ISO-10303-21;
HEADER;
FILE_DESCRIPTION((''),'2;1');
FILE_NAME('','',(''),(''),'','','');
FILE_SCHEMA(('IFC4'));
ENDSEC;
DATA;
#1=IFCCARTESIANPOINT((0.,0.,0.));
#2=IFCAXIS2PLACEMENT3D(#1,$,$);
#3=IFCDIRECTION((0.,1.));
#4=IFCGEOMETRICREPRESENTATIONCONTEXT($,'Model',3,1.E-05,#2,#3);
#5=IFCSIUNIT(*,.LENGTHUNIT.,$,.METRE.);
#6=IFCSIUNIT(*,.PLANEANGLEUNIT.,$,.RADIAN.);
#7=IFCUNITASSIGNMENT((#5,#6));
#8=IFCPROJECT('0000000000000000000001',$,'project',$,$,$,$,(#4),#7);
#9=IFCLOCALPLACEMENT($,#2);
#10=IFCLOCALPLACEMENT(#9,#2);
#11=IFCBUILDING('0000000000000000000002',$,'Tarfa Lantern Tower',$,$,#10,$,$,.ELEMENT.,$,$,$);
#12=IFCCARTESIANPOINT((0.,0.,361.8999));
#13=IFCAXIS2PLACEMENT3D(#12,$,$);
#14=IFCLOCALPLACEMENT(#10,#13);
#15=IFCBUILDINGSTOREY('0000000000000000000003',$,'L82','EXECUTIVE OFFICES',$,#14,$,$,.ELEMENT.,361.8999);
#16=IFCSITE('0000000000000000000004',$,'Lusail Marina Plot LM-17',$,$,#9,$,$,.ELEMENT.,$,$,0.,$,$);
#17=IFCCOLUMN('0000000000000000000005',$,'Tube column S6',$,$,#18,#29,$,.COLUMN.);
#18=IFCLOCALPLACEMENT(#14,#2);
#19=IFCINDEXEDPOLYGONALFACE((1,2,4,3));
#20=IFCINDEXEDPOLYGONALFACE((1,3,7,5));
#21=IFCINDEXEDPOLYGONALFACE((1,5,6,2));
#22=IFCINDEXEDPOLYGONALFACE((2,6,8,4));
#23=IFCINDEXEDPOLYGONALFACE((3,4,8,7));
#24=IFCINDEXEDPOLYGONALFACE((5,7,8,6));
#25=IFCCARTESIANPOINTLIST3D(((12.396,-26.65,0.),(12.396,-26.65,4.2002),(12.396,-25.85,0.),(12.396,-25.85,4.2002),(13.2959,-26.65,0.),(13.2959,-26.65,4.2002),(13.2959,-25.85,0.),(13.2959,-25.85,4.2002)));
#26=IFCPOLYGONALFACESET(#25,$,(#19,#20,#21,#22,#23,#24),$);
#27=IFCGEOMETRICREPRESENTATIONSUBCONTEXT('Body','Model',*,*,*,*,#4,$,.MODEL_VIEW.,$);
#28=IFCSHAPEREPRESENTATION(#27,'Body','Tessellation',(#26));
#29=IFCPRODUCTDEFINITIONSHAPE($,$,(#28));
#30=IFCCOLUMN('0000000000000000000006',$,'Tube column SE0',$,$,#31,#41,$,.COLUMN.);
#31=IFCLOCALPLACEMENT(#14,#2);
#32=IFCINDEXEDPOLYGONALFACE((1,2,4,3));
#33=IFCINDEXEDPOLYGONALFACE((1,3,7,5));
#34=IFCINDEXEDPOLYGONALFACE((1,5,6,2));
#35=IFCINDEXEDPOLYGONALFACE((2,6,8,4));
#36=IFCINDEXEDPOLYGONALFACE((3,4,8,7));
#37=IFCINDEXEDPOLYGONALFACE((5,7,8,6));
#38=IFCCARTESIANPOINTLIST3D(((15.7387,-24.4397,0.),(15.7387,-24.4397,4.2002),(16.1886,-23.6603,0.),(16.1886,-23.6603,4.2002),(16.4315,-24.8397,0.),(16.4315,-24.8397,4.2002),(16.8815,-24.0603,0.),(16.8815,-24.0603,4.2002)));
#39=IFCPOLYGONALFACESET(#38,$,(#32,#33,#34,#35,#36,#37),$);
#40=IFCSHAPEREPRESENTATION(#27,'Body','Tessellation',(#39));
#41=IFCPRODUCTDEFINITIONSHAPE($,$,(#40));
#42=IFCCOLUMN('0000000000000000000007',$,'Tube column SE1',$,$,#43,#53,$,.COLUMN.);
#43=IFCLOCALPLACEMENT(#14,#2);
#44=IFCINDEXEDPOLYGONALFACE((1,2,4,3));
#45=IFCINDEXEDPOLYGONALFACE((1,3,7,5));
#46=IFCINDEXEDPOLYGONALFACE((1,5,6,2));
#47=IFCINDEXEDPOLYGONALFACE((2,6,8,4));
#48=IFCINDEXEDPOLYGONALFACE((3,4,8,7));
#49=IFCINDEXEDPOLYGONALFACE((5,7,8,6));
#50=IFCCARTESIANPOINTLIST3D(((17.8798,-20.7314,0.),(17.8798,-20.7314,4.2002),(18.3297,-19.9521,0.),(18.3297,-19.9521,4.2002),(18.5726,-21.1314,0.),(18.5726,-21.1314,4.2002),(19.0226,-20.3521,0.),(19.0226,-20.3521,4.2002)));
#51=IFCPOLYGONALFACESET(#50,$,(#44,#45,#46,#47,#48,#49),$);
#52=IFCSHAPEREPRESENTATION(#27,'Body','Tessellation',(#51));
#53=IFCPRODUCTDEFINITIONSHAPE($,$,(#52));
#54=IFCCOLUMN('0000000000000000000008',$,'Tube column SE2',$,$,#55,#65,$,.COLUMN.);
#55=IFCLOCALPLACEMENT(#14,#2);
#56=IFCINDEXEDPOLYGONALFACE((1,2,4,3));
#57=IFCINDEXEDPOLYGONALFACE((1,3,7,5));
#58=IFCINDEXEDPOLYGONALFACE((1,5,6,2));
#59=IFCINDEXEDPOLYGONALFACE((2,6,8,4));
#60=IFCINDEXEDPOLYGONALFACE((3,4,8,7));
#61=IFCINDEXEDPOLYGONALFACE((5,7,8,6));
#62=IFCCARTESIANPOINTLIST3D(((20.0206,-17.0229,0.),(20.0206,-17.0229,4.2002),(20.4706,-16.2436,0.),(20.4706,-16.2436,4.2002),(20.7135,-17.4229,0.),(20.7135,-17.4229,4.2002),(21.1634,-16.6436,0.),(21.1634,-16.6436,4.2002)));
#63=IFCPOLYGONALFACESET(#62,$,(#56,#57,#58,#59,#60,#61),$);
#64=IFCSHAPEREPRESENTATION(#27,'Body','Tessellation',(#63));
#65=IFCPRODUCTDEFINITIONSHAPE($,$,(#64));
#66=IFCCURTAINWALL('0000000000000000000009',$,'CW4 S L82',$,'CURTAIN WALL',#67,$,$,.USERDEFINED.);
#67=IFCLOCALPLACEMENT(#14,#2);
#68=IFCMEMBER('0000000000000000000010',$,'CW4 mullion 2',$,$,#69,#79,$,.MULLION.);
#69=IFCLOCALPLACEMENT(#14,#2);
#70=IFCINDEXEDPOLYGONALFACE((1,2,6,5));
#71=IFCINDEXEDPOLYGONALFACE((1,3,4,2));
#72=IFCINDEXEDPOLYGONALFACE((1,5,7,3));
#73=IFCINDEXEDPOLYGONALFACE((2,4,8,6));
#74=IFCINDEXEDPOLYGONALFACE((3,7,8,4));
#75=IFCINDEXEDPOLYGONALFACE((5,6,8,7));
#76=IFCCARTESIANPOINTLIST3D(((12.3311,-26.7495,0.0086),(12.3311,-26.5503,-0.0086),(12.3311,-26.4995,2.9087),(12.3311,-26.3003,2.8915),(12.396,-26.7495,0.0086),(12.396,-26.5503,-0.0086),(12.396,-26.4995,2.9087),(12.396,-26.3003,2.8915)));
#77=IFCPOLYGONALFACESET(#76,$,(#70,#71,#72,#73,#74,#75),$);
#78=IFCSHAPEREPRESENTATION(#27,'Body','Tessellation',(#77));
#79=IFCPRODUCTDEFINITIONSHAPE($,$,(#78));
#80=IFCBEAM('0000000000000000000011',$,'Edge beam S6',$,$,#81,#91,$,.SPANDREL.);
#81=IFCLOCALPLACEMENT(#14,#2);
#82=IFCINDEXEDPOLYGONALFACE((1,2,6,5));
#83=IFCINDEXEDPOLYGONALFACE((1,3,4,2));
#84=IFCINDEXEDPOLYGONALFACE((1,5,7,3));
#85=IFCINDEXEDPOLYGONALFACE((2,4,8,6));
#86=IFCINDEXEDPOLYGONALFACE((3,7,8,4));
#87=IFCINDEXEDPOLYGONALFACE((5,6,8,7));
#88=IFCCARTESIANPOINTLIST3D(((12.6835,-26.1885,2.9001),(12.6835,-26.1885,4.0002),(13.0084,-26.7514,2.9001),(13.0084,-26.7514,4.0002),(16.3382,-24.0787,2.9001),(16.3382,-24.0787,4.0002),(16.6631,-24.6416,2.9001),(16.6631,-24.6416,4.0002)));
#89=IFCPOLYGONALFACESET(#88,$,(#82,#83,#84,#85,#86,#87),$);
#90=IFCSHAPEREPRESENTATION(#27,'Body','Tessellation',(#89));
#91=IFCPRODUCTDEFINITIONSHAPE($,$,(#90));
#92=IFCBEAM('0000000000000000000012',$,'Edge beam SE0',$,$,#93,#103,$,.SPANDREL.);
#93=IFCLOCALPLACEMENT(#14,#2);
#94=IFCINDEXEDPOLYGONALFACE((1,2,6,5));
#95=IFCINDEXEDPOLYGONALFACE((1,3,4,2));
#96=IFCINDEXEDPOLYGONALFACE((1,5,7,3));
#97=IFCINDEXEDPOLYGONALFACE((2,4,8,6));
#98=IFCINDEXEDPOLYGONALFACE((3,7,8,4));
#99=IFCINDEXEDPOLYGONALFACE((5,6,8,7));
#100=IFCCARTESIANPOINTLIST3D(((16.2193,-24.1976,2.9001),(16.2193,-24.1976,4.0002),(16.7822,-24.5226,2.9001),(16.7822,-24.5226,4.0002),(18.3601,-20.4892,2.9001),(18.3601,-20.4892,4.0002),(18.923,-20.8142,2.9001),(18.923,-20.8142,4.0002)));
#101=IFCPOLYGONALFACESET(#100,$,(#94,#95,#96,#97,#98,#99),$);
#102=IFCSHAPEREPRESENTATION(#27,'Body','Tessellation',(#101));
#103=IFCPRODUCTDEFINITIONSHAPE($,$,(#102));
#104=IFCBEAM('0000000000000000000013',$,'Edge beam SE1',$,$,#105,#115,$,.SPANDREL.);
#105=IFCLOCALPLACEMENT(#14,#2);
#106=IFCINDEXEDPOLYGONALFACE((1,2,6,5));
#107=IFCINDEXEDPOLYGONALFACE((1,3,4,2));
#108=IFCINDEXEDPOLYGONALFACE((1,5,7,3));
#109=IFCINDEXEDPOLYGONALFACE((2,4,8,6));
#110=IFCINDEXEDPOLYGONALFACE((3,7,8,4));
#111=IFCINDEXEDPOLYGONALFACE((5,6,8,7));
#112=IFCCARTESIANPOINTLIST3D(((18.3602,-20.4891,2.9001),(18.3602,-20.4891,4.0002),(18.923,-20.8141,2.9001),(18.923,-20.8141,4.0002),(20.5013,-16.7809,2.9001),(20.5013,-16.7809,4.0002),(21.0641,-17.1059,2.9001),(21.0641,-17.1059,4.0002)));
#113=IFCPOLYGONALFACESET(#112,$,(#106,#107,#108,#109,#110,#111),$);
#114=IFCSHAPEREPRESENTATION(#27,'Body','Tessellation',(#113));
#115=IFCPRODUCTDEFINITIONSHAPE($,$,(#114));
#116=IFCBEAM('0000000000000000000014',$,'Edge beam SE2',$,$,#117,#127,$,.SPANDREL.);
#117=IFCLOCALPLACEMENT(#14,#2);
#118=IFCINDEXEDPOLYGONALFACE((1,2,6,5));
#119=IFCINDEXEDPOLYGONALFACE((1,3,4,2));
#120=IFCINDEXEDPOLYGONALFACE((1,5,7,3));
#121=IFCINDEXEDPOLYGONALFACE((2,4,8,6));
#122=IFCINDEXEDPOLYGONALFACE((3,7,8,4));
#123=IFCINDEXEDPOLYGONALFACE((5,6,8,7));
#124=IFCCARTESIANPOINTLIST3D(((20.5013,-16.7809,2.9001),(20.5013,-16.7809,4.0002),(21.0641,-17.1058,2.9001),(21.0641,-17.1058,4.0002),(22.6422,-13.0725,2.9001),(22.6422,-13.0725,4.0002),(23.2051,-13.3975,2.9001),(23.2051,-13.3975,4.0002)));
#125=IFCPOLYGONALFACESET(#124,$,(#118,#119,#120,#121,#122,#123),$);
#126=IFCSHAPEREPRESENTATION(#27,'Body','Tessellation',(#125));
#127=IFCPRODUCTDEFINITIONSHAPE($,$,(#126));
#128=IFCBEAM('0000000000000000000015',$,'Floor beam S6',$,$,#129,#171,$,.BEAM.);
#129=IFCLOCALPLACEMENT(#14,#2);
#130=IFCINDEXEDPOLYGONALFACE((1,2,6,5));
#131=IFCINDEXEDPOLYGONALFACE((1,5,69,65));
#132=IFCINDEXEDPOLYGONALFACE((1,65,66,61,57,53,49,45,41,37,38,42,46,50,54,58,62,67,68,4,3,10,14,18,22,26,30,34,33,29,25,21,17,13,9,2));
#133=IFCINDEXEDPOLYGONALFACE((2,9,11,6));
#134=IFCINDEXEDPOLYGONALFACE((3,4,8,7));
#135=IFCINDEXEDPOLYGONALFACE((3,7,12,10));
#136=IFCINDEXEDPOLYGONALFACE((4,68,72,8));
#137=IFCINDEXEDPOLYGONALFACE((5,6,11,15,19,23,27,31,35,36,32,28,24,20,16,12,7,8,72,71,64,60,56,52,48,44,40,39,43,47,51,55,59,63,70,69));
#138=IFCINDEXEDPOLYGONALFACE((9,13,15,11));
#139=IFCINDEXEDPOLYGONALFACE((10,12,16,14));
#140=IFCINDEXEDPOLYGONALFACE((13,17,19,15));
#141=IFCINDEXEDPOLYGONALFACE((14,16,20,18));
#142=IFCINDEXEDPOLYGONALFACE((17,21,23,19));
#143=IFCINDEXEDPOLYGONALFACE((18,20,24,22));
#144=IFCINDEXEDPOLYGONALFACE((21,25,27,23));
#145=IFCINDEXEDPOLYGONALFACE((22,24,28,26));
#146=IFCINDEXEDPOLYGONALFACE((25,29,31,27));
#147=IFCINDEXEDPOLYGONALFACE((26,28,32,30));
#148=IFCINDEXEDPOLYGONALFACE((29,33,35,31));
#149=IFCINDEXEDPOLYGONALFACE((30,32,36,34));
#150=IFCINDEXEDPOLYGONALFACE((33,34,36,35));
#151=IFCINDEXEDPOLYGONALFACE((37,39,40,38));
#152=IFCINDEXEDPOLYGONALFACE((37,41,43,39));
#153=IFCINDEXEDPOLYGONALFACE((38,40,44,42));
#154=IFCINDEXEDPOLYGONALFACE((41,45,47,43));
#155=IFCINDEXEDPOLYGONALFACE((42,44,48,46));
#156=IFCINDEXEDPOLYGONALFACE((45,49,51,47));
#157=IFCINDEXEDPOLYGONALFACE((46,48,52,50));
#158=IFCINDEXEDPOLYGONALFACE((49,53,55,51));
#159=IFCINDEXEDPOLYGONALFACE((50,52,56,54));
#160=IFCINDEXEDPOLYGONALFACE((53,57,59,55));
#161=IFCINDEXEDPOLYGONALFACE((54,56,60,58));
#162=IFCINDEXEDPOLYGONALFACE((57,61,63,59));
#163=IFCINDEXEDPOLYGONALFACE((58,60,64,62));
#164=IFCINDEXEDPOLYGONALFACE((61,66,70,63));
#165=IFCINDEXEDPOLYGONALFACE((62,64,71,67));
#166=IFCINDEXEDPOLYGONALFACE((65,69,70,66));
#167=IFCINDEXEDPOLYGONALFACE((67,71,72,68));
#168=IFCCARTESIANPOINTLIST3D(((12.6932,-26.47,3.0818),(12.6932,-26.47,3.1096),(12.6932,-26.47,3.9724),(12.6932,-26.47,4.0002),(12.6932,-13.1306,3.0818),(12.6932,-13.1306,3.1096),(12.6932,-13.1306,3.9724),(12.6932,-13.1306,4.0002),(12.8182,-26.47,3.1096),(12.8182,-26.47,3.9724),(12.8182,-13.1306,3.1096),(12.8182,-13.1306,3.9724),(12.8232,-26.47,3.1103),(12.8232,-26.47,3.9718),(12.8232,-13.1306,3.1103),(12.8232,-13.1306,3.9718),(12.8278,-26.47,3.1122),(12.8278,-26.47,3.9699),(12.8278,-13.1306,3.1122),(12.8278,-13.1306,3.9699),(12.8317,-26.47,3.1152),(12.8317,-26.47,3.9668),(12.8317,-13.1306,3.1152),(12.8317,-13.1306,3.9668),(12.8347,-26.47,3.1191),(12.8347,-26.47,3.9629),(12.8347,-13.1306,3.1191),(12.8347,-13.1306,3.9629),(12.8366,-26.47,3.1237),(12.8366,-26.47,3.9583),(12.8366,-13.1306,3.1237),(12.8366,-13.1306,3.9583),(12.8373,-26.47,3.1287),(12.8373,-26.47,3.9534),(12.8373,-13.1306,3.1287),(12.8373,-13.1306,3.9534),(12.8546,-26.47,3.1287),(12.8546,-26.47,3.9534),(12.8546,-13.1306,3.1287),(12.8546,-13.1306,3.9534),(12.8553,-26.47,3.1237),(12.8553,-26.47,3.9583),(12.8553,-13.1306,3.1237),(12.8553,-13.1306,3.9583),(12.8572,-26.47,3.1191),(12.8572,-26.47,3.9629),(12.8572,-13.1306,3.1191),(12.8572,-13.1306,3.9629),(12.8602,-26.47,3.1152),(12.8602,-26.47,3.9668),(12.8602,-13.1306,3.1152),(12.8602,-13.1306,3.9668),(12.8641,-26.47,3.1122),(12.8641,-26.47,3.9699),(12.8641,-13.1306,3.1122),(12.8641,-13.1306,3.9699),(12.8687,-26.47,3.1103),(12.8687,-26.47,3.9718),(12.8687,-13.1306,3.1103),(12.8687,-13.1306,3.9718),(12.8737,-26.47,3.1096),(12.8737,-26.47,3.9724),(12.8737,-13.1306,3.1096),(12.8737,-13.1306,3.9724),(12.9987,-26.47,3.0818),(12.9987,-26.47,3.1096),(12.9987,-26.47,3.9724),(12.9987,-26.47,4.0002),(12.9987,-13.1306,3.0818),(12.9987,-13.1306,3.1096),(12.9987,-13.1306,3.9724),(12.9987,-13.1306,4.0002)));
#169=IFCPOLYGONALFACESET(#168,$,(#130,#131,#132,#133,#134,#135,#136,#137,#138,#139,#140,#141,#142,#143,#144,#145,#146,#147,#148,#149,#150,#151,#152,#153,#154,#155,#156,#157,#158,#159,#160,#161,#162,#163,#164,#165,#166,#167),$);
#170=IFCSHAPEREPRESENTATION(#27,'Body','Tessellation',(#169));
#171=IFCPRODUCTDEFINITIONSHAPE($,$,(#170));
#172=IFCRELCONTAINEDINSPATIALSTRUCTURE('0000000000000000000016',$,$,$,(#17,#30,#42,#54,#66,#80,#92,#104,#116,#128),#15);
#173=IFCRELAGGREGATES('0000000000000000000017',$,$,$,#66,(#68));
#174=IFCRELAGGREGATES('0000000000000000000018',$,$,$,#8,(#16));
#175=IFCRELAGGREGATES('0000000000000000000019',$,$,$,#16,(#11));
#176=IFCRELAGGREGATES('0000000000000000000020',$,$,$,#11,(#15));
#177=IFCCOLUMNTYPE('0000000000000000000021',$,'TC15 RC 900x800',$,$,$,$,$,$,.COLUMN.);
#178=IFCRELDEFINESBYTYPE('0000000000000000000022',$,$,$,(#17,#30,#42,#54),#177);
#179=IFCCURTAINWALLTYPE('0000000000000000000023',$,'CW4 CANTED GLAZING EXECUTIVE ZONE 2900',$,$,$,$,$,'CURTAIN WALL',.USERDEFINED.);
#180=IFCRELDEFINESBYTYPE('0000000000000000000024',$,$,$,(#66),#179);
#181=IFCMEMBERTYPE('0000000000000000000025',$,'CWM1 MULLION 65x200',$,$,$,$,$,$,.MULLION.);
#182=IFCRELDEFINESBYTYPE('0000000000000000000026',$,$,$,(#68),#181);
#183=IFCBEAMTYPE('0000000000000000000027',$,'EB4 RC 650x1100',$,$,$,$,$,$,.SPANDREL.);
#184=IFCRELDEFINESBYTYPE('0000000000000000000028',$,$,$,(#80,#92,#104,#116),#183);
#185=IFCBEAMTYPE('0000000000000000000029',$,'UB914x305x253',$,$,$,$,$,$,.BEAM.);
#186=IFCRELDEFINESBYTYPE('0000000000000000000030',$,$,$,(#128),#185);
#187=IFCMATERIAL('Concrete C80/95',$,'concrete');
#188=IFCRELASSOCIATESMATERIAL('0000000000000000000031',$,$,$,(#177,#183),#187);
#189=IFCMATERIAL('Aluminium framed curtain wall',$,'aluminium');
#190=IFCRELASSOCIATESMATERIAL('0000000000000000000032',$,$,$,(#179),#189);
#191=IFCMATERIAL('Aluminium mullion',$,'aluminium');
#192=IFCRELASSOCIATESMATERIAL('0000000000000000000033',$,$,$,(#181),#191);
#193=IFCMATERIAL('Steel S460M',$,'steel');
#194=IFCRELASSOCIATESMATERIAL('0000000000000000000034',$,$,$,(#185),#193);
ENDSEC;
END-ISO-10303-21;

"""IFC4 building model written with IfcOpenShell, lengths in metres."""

from ifc_helpers import new_model, si_unit, direction, frame, origin, origin_2d, place, context, subcontext, project, spatial, rectangle, i_section, extrude, material, material_profile, profile_set, type_object, element, aggregate, save


model = new_model("IFC4")

# Units and contexts
model_context = context("Model", 3, precision=1e-05, world=origin(), true_north=direction((0.0, 1.0)))
body_context = subcontext(model_context, "Body", "Model", "MODEL_VIEW")
ifc_project = project(units=[si_unit("LENGTHUNIT", "METRE"), si_unit("PLANEANGLEUNIT", "RADIAN")], contexts=[model_context])

# Site, building, storey
site_placement = place(None, origin())
site = spatial("IfcSite", under=ifc_project, at=site_placement, Name="Lusail Marina Plot LM-17", CompositionType="ELEMENT", RefElevation=0.0)
building_placement = place(site_placement, origin())
building = spatial("IfcBuilding", under=site, at=building_placement, Name="Tarfa Lantern Tower", CompositionType="ELEMENT")
storey_placement = place(building_placement, frame((0.0, 0.0, 361.8999)))
storey = spatial("IfcBuildingStorey", under=building, at=storey_placement, Name="L82", Description="EXECUTIVE OFFICES", CompositionType="ELEMENT", Elevation=361.8999)

# Columns
ifc_material_1 = material(Name="Concrete C80/95", Category="concrete")
ifc_material_profile_1 = material_profile(ifc_material_1, rectangle(XDim=0.8999, YDim=0.8, at=origin_2d()), Name="RC 900x800")
ifc_profile_set_1 = profile_set([ifc_material_profile_1], Name="Concrete C80/95")
column_type = type_object("IfcColumnType", Name="TC15 RC 900x800", PredefinedType="COLUMN", material=ifc_profile_set_1)
for number, where, z_axis, x_axis, name in (
    (1, (12.8459, -26.25, 0.0), (0.0, 0.0, 1.0), (1.0, 0.0, 0.0), "Tube column S6"),
    (2, (16.3101, -24.25, 0.0), (0.0, 0.0, 1.0), (0.5, 0.866025, 0.0), "Tube column SE0"),
    (3, (18.4512, -20.5417, 0.0), (0.0, 0.0, 1.0), (0.5, 0.866025, 0.0), "Tube column SE1"),
    (4, (20.592, -16.8333, 0.0), (0.0, 0.0, 1.0), (0.5, 0.866025, 0.0), "Tube column SE2"),
):
    element("IfcColumn", number, at=place(storey_placement, frame(where, z_axis=z_axis, x_axis=x_axis)), inside=storey, type_object=column_type, Name=name, PredefinedType="COLUMN", context=body_context, shape_type="SweptSolid", body=[
        extrude(rectangle(XDim=0.8999, YDim=0.8, at=origin_2d()), origin(), (0.0, 0.0, 1.0), 4.2002),
    ])

# Curtain wall, member
ifc_material_2 = material(Name="Aluminium framed curtain wall", Category="aluminium")
curtain_wall_type = type_object("IfcCurtainWallType", Name="CW4 CANTED GLAZING EXECUTIVE ZONE 2900", ElementType="CURTAIN WALL", PredefinedType="USERDEFINED", material=ifc_material_2)
curtain_wall_placement = place(storey_placement, origin())
curtain_wall = element("IfcCurtainWall", 5, at=curtain_wall_placement, inside=storey, type_object=curtain_wall_type, Name="CW4 S L82", ObjectType="CURTAIN WALL", PredefinedType="USERDEFINED")
ifc_material_3 = material(Name="Aluminium mullion", Category="aluminium")
ifc_material_profile_2 = material_profile(ifc_material_3, rectangle(XDim=0.0649, YDim=0.2, at=origin_2d()), Name="AL MULLION 65x200")
ifc_profile_set_2 = profile_set([ifc_material_profile_2], Name="Aluminium mullion")
member_type = type_object("IfcMemberType", Name="CWM1 MULLION 65x200", PredefinedType="MULLION", material=ifc_profile_set_2)
member_placement = place(storey_placement, frame((12.3635, -26.6499, 0.0), z_axis=(0.0, 0.085884, 0.996305), x_axis=(-1.0, 0.0, 0.0)))
member = element("IfcMember", 6, at=member_placement, type_object=member_type, Name="CW4 mullion 2", PredefinedType="MULLION", context=body_context, shape_type="SweptSolid", body=[
    extrude(rectangle(XDim=0.0649, YDim=0.2, at=origin_2d()), origin(), (0.0, 0.0, 1.0), 2.9109),
])
aggregate(curtain_wall, [member])

# Beams
ifc_material_profile_3 = material_profile(ifc_material_1, rectangle(XDim=0.6499, YDim=1.1001, at=origin_2d()), Name="RC 650x1100")
ifc_profile_set_3 = profile_set([ifc_material_profile_3], Name="Concrete C80/95")
beam_type_1 = type_object("IfcBeamType", Name="EB4 RC 650x1100", PredefinedType="SPANDREL", material=ifc_profile_set_3)
beam_1_placement = place(storey_placement, frame((12.8459, -26.47, 3.4502), z_axis=(0.866049, 0.499959, 0.0), x_axis=(-0.499959, 0.866049, 0.0)))
element("IfcBeam", 7, at=beam_1_placement, inside=storey, type_object=beam_type_1, Name="Edge beam S6", PredefinedType="SPANDREL", context=body_context, shape_type="SweptSolid", body=[
    extrude(rectangle(XDim=0.6499, YDim=1.1001, at=origin_2d()), origin(), (0.0, 0.0, 1.0), 4.22),
])
for number, where, z_axis, x_axis, name in (
    (8, (16.5007, -24.3601, 3.4502), (0.499959, 0.866049, 0.0), (-0.866049, 0.499959, 0.0), "Edge beam SE0"),
    (9, (18.6416, -20.6516, 3.4502), (0.500027, 0.86601, 0.0), (-0.86601, 0.500027, 0.0), "Edge beam SE1"),
    (10, (20.7827, -16.9434, 3.4502), (0.499984, 0.866035, 0.0), (-0.866035, 0.499984, 0.0), "Edge beam SE2"),
):
    element("IfcBeam", number, at=place(storey_placement, frame(where, z_axis=z_axis, x_axis=x_axis)), inside=storey, type_object=beam_type_1, Name=name, PredefinedType="SPANDREL", context=body_context, shape_type="SweptSolid", body=[
        extrude(rectangle(XDim=0.6499, YDim=1.1001, at=origin_2d()), origin(), (0.0, 0.0, 1.0), 4.282),
    ])
ifc_material_4 = material(Name="Steel S460M", Category="steel")
ifc_material_profile_4 = material_profile(ifc_material_4, i_section(OverallWidth=0.3054, OverallDepth=0.9185, WebThickness=0.0173, FlangeThickness=0.0278, FilletRadius=0.019, at=origin_2d()), Name="UB914x305x253")
ifc_profile_set_4 = profile_set([ifc_material_profile_4], Name="Steel S460M")
beam_type_2 = type_object("IfcBeamType", Name="UB914x305x253", PredefinedType="BEAM", material=ifc_profile_set_4)
beam_2_placement = place(storey_placement, frame((12.8459, -26.47, 3.541), z_axis=(0.0, 1.0, 0.0), x_axis=(-1.0, 0.0, 0.0)))
element("IfcBeam", 11, at=beam_2_placement, inside=storey, type_object=beam_type_2, Name="Floor beam S6", PredefinedType="BEAM", context=body_context, shape_type="SweptSolid", body=[
    extrude(i_section(OverallWidth=0.3054, OverallDepth=0.9185, WebThickness=0.0173, FlangeThickness=0.0278, FilletRadius=0.019, at=origin_2d()), origin(), (0.0, 0.0, 1.0), 13.3394),
])

save(model, "model.ifc")
